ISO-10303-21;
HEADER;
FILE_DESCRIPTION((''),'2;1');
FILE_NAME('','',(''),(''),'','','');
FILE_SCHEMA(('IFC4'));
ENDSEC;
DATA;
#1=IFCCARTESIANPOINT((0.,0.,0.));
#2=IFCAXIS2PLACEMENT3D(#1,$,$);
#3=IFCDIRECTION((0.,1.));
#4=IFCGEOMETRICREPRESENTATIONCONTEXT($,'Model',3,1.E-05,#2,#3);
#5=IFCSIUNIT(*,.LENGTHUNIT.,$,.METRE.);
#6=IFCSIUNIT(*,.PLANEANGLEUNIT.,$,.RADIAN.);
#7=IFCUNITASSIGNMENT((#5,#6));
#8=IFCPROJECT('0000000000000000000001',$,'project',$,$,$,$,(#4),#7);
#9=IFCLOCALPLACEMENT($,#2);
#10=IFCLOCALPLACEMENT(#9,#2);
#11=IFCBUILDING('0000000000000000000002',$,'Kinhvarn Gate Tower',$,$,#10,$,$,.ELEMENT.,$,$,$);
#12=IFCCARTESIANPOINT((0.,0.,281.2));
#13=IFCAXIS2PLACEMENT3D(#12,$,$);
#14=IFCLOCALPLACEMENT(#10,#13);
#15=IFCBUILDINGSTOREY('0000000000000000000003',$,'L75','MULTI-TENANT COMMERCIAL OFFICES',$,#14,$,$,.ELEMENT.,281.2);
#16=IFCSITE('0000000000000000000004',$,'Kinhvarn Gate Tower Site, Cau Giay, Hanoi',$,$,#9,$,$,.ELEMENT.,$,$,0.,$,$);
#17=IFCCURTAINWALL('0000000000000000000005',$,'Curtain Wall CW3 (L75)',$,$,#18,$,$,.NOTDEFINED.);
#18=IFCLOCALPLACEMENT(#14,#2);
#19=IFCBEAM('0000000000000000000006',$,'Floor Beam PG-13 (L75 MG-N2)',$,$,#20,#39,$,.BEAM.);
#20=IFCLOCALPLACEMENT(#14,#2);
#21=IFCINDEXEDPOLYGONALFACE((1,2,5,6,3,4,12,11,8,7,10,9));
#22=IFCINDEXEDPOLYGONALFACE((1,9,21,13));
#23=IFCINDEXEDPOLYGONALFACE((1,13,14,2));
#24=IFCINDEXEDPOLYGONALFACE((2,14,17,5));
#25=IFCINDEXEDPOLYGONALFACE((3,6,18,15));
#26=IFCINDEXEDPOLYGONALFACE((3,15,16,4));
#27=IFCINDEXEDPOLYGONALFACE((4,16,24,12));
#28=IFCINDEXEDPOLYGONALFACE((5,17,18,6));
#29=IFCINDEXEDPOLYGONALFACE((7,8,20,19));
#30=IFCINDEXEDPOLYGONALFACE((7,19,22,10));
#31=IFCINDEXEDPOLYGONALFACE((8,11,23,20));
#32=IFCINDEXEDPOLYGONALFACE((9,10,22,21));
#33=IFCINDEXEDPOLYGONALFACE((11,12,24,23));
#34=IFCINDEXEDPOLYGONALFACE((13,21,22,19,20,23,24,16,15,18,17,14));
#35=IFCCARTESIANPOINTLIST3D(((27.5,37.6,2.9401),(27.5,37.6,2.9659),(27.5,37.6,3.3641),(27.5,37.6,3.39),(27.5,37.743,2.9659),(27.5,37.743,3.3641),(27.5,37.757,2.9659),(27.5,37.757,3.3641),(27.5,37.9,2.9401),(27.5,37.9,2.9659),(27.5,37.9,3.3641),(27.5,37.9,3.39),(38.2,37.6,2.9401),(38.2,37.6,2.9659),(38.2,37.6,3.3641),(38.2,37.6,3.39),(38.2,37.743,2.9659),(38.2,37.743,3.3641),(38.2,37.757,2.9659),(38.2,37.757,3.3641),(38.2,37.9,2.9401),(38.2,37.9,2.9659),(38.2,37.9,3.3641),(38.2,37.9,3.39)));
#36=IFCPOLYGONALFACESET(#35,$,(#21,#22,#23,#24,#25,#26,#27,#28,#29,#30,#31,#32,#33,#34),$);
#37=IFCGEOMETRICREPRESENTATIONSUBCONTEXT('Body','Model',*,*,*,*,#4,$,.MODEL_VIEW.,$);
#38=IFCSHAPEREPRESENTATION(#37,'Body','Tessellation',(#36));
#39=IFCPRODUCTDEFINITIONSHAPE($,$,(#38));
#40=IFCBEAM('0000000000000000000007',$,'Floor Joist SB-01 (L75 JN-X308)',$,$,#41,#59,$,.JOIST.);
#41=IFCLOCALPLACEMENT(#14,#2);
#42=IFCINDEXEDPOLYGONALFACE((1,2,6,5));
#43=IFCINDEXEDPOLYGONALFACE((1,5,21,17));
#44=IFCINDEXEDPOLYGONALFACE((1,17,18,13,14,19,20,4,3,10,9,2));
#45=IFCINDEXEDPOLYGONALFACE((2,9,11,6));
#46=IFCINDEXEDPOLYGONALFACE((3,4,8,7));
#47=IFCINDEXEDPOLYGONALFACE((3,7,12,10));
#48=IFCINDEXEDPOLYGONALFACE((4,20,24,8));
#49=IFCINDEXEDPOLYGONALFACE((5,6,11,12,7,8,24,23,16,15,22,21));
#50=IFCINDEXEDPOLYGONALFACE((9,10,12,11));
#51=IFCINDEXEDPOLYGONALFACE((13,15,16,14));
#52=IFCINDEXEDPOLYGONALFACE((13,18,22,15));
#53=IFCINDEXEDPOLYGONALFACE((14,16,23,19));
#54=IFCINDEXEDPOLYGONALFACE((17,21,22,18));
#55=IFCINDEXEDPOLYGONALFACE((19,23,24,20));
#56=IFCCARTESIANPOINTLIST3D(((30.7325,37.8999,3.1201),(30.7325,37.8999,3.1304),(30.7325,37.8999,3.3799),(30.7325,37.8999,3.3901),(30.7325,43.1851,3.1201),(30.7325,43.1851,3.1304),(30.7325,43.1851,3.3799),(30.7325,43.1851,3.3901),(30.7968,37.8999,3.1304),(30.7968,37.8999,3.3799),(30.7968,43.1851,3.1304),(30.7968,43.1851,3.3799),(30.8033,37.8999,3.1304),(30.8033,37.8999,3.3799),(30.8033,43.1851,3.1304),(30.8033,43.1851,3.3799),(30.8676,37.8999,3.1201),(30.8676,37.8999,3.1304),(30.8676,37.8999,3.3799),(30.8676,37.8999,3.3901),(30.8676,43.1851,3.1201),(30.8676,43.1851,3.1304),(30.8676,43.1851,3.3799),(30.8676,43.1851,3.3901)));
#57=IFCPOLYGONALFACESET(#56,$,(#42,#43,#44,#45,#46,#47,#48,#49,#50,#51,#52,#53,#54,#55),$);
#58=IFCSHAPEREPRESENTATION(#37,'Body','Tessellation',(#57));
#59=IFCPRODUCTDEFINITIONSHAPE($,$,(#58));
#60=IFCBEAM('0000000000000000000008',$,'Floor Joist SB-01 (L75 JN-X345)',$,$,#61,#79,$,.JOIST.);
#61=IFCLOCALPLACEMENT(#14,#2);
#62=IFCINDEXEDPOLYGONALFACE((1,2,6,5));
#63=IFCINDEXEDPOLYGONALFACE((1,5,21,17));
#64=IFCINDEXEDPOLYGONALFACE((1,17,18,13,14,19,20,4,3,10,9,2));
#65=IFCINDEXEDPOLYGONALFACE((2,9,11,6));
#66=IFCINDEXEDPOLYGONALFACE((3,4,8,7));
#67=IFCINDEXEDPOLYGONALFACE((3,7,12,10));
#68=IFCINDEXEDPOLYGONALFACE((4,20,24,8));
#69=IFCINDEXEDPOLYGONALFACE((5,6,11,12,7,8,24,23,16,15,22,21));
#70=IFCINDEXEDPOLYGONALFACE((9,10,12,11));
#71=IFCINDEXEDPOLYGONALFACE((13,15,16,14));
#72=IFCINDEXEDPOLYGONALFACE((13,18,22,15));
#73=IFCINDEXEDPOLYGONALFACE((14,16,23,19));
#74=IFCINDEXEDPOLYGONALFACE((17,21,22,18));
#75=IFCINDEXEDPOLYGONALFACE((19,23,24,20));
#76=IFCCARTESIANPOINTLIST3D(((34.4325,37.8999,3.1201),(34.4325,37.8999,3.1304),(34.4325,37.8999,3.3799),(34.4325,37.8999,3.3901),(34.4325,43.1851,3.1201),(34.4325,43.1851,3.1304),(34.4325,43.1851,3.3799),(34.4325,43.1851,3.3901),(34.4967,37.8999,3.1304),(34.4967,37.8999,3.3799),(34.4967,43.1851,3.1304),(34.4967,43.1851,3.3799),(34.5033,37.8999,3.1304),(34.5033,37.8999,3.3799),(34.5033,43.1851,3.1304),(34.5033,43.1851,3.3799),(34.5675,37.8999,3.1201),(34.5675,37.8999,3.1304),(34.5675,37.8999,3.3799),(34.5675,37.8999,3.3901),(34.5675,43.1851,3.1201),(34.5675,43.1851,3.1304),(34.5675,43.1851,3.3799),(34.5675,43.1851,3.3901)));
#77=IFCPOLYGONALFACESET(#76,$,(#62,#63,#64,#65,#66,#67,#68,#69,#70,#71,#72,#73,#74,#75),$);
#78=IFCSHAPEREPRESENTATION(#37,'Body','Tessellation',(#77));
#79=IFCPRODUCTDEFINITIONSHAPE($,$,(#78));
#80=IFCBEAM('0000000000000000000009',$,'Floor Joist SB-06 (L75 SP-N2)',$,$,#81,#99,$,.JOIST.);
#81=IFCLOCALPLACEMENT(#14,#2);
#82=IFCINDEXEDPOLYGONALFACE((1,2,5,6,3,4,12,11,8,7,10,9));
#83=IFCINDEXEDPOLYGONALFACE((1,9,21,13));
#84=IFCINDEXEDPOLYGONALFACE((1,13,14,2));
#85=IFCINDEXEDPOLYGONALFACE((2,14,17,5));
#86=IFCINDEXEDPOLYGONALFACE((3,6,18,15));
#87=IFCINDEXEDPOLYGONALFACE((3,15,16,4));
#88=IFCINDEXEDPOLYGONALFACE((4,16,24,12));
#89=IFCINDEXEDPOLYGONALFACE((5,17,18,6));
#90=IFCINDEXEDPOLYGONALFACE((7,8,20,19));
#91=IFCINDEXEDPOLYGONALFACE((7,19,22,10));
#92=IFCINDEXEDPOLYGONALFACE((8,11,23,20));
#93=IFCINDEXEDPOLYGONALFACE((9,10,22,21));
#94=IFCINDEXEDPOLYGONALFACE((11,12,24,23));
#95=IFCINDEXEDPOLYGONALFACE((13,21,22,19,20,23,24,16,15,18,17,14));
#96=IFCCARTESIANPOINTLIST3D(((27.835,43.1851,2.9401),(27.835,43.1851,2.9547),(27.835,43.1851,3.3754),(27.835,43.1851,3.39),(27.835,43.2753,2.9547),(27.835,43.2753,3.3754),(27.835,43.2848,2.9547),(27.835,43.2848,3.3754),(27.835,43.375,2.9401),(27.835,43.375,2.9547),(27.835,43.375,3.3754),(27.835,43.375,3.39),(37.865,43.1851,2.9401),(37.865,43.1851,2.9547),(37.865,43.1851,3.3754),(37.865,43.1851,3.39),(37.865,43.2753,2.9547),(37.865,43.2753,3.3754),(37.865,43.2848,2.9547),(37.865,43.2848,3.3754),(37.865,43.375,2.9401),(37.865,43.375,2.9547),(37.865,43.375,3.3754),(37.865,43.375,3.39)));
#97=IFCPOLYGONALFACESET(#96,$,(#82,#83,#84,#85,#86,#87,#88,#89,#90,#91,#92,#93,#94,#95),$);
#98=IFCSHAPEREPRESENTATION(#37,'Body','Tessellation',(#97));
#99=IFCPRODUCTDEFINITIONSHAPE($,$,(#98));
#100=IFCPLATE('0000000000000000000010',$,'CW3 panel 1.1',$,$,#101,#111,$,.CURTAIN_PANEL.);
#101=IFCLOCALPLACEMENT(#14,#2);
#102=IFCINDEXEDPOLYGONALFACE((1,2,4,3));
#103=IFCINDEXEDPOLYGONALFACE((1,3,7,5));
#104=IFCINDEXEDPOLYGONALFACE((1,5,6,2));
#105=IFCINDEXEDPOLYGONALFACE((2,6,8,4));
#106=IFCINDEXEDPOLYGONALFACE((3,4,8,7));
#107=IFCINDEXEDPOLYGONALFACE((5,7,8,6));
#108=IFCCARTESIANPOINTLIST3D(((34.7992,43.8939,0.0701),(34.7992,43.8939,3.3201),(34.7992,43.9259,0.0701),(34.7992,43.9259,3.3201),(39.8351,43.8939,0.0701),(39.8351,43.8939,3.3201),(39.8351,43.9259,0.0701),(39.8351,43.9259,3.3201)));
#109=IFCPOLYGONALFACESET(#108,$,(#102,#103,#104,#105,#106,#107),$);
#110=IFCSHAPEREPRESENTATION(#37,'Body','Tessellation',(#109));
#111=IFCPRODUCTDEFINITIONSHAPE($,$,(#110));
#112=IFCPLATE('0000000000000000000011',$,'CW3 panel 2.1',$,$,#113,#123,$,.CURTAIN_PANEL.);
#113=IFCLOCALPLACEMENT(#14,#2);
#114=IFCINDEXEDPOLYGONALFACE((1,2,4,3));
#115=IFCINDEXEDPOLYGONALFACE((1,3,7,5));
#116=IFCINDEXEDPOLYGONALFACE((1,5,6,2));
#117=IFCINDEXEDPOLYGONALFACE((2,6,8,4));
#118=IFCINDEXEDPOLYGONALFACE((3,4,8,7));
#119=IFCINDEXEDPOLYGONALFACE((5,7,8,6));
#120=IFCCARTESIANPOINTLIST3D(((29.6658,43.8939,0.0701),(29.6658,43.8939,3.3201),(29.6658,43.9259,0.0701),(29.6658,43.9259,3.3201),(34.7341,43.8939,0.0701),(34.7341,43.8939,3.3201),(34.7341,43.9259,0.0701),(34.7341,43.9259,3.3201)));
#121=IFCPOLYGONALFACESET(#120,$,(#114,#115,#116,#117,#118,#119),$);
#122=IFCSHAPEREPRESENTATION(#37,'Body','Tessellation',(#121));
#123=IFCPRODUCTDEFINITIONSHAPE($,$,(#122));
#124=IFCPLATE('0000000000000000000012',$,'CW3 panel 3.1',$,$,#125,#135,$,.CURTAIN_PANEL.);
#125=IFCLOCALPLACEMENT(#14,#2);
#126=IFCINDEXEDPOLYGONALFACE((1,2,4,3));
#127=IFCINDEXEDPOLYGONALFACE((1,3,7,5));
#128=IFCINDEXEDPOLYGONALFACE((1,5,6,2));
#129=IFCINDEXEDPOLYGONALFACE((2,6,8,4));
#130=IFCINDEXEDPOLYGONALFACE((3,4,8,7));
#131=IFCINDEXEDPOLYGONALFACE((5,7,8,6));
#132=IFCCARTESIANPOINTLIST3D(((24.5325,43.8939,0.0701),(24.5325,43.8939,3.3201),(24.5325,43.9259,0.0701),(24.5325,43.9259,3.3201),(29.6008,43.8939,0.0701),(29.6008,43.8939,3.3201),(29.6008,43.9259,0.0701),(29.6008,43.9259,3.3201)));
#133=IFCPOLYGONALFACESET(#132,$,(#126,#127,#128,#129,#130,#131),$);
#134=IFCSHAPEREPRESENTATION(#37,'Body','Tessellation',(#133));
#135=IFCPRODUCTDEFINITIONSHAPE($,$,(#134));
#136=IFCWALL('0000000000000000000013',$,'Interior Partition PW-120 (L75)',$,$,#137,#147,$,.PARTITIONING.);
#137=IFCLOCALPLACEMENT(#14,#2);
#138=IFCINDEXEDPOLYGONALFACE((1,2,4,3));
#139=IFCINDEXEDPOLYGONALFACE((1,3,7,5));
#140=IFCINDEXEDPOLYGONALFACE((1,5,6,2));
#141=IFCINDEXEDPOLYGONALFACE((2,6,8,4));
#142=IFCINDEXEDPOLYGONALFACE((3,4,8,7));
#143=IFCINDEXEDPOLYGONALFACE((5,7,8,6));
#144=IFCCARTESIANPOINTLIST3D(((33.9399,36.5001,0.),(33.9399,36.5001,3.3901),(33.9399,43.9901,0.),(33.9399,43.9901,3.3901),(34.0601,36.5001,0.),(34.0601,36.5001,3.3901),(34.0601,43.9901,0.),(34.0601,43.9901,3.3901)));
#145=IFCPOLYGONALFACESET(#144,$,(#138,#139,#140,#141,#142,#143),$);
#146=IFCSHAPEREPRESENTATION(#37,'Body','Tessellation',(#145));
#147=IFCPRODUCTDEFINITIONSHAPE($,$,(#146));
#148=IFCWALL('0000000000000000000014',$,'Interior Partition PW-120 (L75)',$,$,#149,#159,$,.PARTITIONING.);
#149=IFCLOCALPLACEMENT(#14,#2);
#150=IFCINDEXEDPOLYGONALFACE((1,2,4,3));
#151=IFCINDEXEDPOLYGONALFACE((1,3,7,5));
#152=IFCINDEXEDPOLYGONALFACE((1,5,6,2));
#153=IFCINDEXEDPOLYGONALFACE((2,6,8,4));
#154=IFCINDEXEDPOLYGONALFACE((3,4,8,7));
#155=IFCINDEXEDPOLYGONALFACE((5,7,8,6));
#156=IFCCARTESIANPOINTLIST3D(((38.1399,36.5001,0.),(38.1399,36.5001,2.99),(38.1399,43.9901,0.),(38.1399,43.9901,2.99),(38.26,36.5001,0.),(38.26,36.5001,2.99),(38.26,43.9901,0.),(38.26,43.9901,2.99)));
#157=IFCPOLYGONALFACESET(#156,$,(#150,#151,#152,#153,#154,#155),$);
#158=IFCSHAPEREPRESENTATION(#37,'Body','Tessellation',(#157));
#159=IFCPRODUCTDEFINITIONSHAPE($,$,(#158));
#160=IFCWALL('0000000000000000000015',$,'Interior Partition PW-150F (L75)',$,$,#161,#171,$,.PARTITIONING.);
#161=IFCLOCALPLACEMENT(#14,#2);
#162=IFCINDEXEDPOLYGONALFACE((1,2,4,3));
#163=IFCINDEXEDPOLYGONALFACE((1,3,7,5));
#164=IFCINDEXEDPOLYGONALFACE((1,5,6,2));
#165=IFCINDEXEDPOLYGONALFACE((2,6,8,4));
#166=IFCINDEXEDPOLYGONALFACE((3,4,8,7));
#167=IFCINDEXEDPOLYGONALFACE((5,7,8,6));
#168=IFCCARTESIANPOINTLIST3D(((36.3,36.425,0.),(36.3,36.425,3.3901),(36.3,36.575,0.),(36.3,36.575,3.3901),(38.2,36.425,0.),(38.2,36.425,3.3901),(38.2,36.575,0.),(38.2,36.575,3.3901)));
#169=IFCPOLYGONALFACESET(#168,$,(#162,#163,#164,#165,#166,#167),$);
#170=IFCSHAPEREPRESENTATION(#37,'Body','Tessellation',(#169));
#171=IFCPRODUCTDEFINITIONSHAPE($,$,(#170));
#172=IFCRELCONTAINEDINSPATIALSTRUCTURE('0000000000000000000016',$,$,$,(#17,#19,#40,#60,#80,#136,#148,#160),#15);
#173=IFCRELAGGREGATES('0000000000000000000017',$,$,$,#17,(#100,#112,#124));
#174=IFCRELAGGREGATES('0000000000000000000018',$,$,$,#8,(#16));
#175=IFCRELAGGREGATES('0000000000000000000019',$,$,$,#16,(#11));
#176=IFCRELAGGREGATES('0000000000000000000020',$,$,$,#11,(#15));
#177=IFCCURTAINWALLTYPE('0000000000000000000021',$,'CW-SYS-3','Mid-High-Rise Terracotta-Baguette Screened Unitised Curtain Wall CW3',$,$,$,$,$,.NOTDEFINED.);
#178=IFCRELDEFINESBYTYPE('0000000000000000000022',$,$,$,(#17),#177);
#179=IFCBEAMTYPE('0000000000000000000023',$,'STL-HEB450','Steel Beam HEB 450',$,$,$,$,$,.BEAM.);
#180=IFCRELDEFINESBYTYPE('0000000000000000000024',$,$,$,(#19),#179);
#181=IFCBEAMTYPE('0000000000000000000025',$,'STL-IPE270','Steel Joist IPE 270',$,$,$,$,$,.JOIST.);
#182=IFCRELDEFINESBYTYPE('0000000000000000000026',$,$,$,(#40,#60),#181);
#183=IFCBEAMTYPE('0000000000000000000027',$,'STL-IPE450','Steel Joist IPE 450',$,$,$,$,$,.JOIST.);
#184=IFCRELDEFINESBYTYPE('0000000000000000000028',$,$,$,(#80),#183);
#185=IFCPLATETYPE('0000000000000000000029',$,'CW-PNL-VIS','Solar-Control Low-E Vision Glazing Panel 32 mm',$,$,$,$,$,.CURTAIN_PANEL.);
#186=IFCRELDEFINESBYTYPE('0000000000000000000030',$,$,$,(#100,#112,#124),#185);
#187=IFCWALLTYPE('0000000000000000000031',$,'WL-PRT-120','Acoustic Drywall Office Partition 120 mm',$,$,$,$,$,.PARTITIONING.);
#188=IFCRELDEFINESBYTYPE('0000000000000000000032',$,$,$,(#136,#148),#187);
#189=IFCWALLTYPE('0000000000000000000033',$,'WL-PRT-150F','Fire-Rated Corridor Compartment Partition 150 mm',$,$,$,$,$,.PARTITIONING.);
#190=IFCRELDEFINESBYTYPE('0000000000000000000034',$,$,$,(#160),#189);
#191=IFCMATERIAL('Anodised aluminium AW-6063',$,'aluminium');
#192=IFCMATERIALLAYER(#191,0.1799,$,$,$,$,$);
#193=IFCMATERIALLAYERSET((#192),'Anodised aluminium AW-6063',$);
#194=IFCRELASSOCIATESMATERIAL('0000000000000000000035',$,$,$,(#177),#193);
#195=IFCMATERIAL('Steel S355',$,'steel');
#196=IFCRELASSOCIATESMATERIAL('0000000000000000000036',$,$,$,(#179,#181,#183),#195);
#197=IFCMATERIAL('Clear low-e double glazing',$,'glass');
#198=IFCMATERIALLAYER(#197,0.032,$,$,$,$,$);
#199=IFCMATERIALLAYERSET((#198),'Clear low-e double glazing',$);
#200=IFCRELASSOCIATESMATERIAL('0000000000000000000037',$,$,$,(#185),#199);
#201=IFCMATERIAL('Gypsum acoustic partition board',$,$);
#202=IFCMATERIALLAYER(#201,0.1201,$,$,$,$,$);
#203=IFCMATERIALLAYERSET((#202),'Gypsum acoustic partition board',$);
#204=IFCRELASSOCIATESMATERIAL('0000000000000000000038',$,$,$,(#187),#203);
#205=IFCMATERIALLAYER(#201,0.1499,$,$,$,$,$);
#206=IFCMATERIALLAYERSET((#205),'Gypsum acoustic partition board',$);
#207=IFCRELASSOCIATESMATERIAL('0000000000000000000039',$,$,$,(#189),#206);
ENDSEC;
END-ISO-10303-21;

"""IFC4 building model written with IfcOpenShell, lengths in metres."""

from ifc_helpers import new_model, si_unit, direction, frame, frame_2d, origin, origin_2d, place, context, subcontext, project, spatial, rectangle, i_section, extrude, material, layer, layer_set, material_profile, profile_set, type_object, element, aggregate, save


model = new_model("IFC4")

# Units and contexts
model_context = context("Model", 3, precision=1e-05, world=origin(), true_north=direction((0.0, 1.0)))
body_context = subcontext(model_context, "Body", "Model", "MODEL_VIEW")
ifc_project = project(units=[si_unit("LENGTHUNIT", "METRE"), si_unit("PLANEANGLEUNIT", "RADIAN")], contexts=[model_context])

# Site, building, storey
site_placement = place(None, origin())
site = spatial("IfcSite", under=ifc_project, at=site_placement, Name="Kinhvarn Gate Tower Site, Cau Giay, Hanoi", CompositionType="ELEMENT", RefElevation=0.0)
building_placement = place(site_placement, origin())
building = spatial("IfcBuilding", under=site, at=building_placement, Name="Kinhvarn Gate Tower", CompositionType="ELEMENT")
storey_placement = place(building_placement, frame((0.0, 0.0, 281.2)))
storey = spatial("IfcBuildingStorey", under=building, at=storey_placement, Name="L75", Description="MULTI-TENANT COMMERCIAL OFFICES", CompositionType="ELEMENT", Elevation=281.2)

# Curtain wall
ifc_material_1 = material(Name="Anodised aluminium AW-6063", Category="aluminium")
ifc_layer_1 = layer(ifc_material_1, 0.1799)
ifc_layer_set_1 = layer_set([ifc_layer_1], Name="Anodised aluminium AW-6063")
curtain_wall_type = type_object("IfcCurtainWallType", Name="CW-SYS-3", Description="Mid-High-Rise Terracotta-Baguette Screened Unitised Curtain Wall CW3", PredefinedType="NOTDEFINED", material=ifc_layer_set_1)
curtain_wall_placement = place(storey_placement, origin())
curtain_wall = element("IfcCurtainWall", 1, at=curtain_wall_placement, inside=storey, type_object=curtain_wall_type, Name="Curtain Wall CW3 (L75)", PredefinedType="NOTDEFINED")

# Beams
ifc_material_2 = material(Name="Steel S355", Category="steel")
ifc_material_profile_1 = material_profile(ifc_material_2, i_section(OverallWidth=0.3, OverallDepth=0.45, WebThickness=0.0139, FlangeThickness=0.0259, at=origin_2d()), Name="HEB 450")
ifc_profile_set_1 = profile_set([ifc_material_profile_1], Name="Steel S355")
beam_type_1 = type_object("IfcBeamType", Name="STL-HEB450", Description="Steel Beam HEB 450", PredefinedType="BEAM", material=ifc_profile_set_1)
beam_1_placement = place(storey_placement, frame((27.5, 37.75, 3.165), z_axis=(1.0, 0.0, 0.0), x_axis=(0.0, 1.0, 0.0)))
element("IfcBeam", 2, at=beam_1_placement, inside=storey, type_object=beam_type_1, Name="Floor Beam PG-13 (L75 MG-N2)", PredefinedType="BEAM", context=body_context, shape_type="SweptSolid", body=[
    extrude(i_section(OverallWidth=0.3, OverallDepth=0.45, WebThickness=0.0139, FlangeThickness=0.0259, at=origin_2d()), origin(), (0.0, 0.0, 1.0), 10.7),
])
ifc_material_profile_2 = material_profile(ifc_material_2, i_section(OverallWidth=0.135, OverallDepth=0.27, WebThickness=0.0066, FlangeThickness=0.0103, at=origin_2d()), Name="IPE 270")
ifc_profile_set_2 = profile_set([ifc_material_profile_2], Name="Steel S355")
beam_type_2 = type_object("IfcBeamType", Name="STL-IPE270", Description="Steel Joist IPE 270", PredefinedType="JOIST", material=ifc_profile_set_2)
for number, where, z_axis, x_axis, name in (
    (3, (30.8, 37.8999, 3.2551), (0.0, 1.0, 0.0), (-1.0, 0.0, 0.0), "Floor Joist SB-01 (L75 JN-X308)"),
    (4, (34.5, 37.8999, 3.2551), (0.0, 1.0, 0.0), (-1.0, 0.0, 0.0), "Floor Joist SB-01 (L75 JN-X345)"),
):
    element("IfcBeam", number, at=place(storey_placement, frame(where, z_axis=z_axis, x_axis=x_axis)), inside=storey, type_object=beam_type_2, Name=name, PredefinedType="JOIST", context=body_context, shape_type="SweptSolid", body=[
        extrude(i_section(OverallWidth=0.135, OverallDepth=0.27, WebThickness=0.0066, FlangeThickness=0.0103, at=origin_2d()), origin(), (0.0, 0.0, 1.0), 5.2852),
    ])
ifc_material_profile_3 = material_profile(ifc_material_2, i_section(OverallWidth=0.1899, OverallDepth=0.45, WebThickness=0.0095, FlangeThickness=0.0146, at=origin_2d()), Name="IPE 450")
ifc_profile_set_3 = profile_set([ifc_material_profile_3], Name="Steel S355")
beam_type_3 = type_object("IfcBeamType", Name="STL-IPE450", Description="Steel Joist IPE 450", PredefinedType="JOIST", material=ifc_profile_set_3)
beam_2_placement = place(storey_placement, frame((27.835, 43.28, 3.165), z_axis=(1.0, 0.0, 0.0), x_axis=(0.0, 1.0, 0.0)))
element("IfcBeam", 5, at=beam_2_placement, inside=storey, type_object=beam_type_3, Name="Floor Joist SB-06 (L75 SP-N2)", PredefinedType="JOIST", context=body_context, shape_type="SweptSolid", body=[
    extrude(i_section(OverallWidth=0.1899, OverallDepth=0.45, WebThickness=0.0095, FlangeThickness=0.0146, at=origin_2d()), origin(), (0.0, 0.0, 1.0), 10.03),
])

# Plates
ifc_material_3 = material(Name="Clear low-e double glazing", Category="glass")
ifc_layer_2 = layer(ifc_material_3, 0.032)
ifc_layer_set_2 = layer_set([ifc_layer_2], Name="Clear low-e double glazing")
plate_type = type_object("IfcPlateType", Name="CW-PNL-VIS", Description="Solar-Control Low-E Vision Glazing Panel 32 mm", PredefinedType="CURTAIN_PANEL", material=ifc_layer_set_2)
plate_1_placement = place(storey_placement, frame((37.3171, 43.9099, 0.0701), z_axis=(0.0, 0.0, 1.0), x_axis=(-1.0, 0.0, 0.0)))
plate_1 = element("IfcPlate", 6, at=plate_1_placement, type_object=plate_type, Name="CW3 panel 1.1", PredefinedType="CURTAIN_PANEL", context=body_context, shape_type="SweptSolid", body=[
    extrude(rectangle(XDim=5.0359, YDim=0.032, at=origin_2d()), origin(), (0.0, 0.0, 1.0), 3.25),
])
plate_2_placement = place(storey_placement, frame((32.2, 43.9099, 0.0701), z_axis=(0.0, 0.0, 1.0), x_axis=(-1.0, 0.0, 0.0)))
plate_2 = element("IfcPlate", 7, at=plate_2_placement, type_object=plate_type, Name="CW3 panel 2.1", PredefinedType="CURTAIN_PANEL", context=body_context, shape_type="SweptSolid", body=[
    extrude(rectangle(XDim=5.0684, YDim=0.032, at=origin_2d()), origin(), (0.0, 0.0, 1.0), 3.25),
])
plate_3_placement = place(storey_placement, frame((27.0667, 43.9099, 0.0701), z_axis=(0.0, 0.0, 1.0), x_axis=(-1.0, 0.0, 0.0)))
plate_3 = element("IfcPlate", 8, at=plate_3_placement, type_object=plate_type, Name="CW3 panel 3.1", PredefinedType="CURTAIN_PANEL", context=body_context, shape_type="SweptSolid", body=[
    extrude(rectangle(XDim=5.0684, YDim=0.032, at=origin_2d()), origin(), (0.0, 0.0, 1.0), 3.25),
])
aggregate(curtain_wall, [plate_1, plate_2, plate_3])

# Walls
ifc_material_4 = material(Name="Gypsum acoustic partition board")
ifc_layer_3 = layer(ifc_material_4, 0.1201)
ifc_layer_set_3 = layer_set([ifc_layer_3], Name="Gypsum acoustic partition board")
wall_type_1 = type_object("IfcWallType", Name="WL-PRT-120", Description="Acoustic Drywall Office Partition 120 mm", PredefinedType="PARTITIONING", material=ifc_layer_set_3)
wall_1_placement = place(storey_placement, frame((34.0, 36.5, 0.0), z_axis=(0.0, 0.0, 1.0), x_axis=(0.0, 1.0, 0.0)))
element("IfcWall", 9, at=wall_1_placement, inside=storey, type_object=wall_type_1, Name="Interior Partition PW-120 (L75)", PredefinedType="PARTITIONING", context=body_context, shape_type="SweptSolid", body=[
    extrude(rectangle(XDim=7.49, YDim=0.1201, at=frame_2d((3.7451, 0.0))), origin(), (0.0, 0.0, 1.0), 3.3901),
])
wall_2_placement = place(storey_placement, frame((38.2, 36.5, 0.0), z_axis=(0.0, 0.0, 1.0), x_axis=(0.0, 1.0, 0.0)))
element("IfcWall", 10, at=wall_2_placement, inside=storey, type_object=wall_type_1, Name="Interior Partition PW-120 (L75)", PredefinedType="PARTITIONING", context=body_context, shape_type="SweptSolid", body=[
    extrude(rectangle(XDim=7.49, YDim=0.1201, at=frame_2d((3.7451, 0.0))), origin(), (0.0, 0.0, 1.0), 2.99),
])
ifc_layer_4 = layer(ifc_material_4, 0.1499)
ifc_layer_set_4 = layer_set([ifc_layer_4], Name="Gypsum acoustic partition board")
wall_type_2 = type_object("IfcWallType", Name="WL-PRT-150F", Description="Fire-Rated Corridor Compartment Partition 150 mm", PredefinedType="PARTITIONING", material=ifc_layer_set_4)
wall_3_placement = place(storey_placement, frame((36.3, 36.5, 0.0), z_axis=(0.0, 0.0, 1.0), x_axis=(1.0, 0.0, 0.0)))
element("IfcWall", 11, at=wall_3_placement, inside=storey, type_object=wall_type_2, Name="Interior Partition PW-150F (L75)", PredefinedType="PARTITIONING", context=body_context, shape_type="SweptSolid", body=[
    extrude(rectangle(XDim=1.8999, YDim=0.1499, at=frame_2d((0.95, 0.0))), origin(), (0.0, 0.0, 1.0), 3.3901),
])

save(model, "model.ifc")
